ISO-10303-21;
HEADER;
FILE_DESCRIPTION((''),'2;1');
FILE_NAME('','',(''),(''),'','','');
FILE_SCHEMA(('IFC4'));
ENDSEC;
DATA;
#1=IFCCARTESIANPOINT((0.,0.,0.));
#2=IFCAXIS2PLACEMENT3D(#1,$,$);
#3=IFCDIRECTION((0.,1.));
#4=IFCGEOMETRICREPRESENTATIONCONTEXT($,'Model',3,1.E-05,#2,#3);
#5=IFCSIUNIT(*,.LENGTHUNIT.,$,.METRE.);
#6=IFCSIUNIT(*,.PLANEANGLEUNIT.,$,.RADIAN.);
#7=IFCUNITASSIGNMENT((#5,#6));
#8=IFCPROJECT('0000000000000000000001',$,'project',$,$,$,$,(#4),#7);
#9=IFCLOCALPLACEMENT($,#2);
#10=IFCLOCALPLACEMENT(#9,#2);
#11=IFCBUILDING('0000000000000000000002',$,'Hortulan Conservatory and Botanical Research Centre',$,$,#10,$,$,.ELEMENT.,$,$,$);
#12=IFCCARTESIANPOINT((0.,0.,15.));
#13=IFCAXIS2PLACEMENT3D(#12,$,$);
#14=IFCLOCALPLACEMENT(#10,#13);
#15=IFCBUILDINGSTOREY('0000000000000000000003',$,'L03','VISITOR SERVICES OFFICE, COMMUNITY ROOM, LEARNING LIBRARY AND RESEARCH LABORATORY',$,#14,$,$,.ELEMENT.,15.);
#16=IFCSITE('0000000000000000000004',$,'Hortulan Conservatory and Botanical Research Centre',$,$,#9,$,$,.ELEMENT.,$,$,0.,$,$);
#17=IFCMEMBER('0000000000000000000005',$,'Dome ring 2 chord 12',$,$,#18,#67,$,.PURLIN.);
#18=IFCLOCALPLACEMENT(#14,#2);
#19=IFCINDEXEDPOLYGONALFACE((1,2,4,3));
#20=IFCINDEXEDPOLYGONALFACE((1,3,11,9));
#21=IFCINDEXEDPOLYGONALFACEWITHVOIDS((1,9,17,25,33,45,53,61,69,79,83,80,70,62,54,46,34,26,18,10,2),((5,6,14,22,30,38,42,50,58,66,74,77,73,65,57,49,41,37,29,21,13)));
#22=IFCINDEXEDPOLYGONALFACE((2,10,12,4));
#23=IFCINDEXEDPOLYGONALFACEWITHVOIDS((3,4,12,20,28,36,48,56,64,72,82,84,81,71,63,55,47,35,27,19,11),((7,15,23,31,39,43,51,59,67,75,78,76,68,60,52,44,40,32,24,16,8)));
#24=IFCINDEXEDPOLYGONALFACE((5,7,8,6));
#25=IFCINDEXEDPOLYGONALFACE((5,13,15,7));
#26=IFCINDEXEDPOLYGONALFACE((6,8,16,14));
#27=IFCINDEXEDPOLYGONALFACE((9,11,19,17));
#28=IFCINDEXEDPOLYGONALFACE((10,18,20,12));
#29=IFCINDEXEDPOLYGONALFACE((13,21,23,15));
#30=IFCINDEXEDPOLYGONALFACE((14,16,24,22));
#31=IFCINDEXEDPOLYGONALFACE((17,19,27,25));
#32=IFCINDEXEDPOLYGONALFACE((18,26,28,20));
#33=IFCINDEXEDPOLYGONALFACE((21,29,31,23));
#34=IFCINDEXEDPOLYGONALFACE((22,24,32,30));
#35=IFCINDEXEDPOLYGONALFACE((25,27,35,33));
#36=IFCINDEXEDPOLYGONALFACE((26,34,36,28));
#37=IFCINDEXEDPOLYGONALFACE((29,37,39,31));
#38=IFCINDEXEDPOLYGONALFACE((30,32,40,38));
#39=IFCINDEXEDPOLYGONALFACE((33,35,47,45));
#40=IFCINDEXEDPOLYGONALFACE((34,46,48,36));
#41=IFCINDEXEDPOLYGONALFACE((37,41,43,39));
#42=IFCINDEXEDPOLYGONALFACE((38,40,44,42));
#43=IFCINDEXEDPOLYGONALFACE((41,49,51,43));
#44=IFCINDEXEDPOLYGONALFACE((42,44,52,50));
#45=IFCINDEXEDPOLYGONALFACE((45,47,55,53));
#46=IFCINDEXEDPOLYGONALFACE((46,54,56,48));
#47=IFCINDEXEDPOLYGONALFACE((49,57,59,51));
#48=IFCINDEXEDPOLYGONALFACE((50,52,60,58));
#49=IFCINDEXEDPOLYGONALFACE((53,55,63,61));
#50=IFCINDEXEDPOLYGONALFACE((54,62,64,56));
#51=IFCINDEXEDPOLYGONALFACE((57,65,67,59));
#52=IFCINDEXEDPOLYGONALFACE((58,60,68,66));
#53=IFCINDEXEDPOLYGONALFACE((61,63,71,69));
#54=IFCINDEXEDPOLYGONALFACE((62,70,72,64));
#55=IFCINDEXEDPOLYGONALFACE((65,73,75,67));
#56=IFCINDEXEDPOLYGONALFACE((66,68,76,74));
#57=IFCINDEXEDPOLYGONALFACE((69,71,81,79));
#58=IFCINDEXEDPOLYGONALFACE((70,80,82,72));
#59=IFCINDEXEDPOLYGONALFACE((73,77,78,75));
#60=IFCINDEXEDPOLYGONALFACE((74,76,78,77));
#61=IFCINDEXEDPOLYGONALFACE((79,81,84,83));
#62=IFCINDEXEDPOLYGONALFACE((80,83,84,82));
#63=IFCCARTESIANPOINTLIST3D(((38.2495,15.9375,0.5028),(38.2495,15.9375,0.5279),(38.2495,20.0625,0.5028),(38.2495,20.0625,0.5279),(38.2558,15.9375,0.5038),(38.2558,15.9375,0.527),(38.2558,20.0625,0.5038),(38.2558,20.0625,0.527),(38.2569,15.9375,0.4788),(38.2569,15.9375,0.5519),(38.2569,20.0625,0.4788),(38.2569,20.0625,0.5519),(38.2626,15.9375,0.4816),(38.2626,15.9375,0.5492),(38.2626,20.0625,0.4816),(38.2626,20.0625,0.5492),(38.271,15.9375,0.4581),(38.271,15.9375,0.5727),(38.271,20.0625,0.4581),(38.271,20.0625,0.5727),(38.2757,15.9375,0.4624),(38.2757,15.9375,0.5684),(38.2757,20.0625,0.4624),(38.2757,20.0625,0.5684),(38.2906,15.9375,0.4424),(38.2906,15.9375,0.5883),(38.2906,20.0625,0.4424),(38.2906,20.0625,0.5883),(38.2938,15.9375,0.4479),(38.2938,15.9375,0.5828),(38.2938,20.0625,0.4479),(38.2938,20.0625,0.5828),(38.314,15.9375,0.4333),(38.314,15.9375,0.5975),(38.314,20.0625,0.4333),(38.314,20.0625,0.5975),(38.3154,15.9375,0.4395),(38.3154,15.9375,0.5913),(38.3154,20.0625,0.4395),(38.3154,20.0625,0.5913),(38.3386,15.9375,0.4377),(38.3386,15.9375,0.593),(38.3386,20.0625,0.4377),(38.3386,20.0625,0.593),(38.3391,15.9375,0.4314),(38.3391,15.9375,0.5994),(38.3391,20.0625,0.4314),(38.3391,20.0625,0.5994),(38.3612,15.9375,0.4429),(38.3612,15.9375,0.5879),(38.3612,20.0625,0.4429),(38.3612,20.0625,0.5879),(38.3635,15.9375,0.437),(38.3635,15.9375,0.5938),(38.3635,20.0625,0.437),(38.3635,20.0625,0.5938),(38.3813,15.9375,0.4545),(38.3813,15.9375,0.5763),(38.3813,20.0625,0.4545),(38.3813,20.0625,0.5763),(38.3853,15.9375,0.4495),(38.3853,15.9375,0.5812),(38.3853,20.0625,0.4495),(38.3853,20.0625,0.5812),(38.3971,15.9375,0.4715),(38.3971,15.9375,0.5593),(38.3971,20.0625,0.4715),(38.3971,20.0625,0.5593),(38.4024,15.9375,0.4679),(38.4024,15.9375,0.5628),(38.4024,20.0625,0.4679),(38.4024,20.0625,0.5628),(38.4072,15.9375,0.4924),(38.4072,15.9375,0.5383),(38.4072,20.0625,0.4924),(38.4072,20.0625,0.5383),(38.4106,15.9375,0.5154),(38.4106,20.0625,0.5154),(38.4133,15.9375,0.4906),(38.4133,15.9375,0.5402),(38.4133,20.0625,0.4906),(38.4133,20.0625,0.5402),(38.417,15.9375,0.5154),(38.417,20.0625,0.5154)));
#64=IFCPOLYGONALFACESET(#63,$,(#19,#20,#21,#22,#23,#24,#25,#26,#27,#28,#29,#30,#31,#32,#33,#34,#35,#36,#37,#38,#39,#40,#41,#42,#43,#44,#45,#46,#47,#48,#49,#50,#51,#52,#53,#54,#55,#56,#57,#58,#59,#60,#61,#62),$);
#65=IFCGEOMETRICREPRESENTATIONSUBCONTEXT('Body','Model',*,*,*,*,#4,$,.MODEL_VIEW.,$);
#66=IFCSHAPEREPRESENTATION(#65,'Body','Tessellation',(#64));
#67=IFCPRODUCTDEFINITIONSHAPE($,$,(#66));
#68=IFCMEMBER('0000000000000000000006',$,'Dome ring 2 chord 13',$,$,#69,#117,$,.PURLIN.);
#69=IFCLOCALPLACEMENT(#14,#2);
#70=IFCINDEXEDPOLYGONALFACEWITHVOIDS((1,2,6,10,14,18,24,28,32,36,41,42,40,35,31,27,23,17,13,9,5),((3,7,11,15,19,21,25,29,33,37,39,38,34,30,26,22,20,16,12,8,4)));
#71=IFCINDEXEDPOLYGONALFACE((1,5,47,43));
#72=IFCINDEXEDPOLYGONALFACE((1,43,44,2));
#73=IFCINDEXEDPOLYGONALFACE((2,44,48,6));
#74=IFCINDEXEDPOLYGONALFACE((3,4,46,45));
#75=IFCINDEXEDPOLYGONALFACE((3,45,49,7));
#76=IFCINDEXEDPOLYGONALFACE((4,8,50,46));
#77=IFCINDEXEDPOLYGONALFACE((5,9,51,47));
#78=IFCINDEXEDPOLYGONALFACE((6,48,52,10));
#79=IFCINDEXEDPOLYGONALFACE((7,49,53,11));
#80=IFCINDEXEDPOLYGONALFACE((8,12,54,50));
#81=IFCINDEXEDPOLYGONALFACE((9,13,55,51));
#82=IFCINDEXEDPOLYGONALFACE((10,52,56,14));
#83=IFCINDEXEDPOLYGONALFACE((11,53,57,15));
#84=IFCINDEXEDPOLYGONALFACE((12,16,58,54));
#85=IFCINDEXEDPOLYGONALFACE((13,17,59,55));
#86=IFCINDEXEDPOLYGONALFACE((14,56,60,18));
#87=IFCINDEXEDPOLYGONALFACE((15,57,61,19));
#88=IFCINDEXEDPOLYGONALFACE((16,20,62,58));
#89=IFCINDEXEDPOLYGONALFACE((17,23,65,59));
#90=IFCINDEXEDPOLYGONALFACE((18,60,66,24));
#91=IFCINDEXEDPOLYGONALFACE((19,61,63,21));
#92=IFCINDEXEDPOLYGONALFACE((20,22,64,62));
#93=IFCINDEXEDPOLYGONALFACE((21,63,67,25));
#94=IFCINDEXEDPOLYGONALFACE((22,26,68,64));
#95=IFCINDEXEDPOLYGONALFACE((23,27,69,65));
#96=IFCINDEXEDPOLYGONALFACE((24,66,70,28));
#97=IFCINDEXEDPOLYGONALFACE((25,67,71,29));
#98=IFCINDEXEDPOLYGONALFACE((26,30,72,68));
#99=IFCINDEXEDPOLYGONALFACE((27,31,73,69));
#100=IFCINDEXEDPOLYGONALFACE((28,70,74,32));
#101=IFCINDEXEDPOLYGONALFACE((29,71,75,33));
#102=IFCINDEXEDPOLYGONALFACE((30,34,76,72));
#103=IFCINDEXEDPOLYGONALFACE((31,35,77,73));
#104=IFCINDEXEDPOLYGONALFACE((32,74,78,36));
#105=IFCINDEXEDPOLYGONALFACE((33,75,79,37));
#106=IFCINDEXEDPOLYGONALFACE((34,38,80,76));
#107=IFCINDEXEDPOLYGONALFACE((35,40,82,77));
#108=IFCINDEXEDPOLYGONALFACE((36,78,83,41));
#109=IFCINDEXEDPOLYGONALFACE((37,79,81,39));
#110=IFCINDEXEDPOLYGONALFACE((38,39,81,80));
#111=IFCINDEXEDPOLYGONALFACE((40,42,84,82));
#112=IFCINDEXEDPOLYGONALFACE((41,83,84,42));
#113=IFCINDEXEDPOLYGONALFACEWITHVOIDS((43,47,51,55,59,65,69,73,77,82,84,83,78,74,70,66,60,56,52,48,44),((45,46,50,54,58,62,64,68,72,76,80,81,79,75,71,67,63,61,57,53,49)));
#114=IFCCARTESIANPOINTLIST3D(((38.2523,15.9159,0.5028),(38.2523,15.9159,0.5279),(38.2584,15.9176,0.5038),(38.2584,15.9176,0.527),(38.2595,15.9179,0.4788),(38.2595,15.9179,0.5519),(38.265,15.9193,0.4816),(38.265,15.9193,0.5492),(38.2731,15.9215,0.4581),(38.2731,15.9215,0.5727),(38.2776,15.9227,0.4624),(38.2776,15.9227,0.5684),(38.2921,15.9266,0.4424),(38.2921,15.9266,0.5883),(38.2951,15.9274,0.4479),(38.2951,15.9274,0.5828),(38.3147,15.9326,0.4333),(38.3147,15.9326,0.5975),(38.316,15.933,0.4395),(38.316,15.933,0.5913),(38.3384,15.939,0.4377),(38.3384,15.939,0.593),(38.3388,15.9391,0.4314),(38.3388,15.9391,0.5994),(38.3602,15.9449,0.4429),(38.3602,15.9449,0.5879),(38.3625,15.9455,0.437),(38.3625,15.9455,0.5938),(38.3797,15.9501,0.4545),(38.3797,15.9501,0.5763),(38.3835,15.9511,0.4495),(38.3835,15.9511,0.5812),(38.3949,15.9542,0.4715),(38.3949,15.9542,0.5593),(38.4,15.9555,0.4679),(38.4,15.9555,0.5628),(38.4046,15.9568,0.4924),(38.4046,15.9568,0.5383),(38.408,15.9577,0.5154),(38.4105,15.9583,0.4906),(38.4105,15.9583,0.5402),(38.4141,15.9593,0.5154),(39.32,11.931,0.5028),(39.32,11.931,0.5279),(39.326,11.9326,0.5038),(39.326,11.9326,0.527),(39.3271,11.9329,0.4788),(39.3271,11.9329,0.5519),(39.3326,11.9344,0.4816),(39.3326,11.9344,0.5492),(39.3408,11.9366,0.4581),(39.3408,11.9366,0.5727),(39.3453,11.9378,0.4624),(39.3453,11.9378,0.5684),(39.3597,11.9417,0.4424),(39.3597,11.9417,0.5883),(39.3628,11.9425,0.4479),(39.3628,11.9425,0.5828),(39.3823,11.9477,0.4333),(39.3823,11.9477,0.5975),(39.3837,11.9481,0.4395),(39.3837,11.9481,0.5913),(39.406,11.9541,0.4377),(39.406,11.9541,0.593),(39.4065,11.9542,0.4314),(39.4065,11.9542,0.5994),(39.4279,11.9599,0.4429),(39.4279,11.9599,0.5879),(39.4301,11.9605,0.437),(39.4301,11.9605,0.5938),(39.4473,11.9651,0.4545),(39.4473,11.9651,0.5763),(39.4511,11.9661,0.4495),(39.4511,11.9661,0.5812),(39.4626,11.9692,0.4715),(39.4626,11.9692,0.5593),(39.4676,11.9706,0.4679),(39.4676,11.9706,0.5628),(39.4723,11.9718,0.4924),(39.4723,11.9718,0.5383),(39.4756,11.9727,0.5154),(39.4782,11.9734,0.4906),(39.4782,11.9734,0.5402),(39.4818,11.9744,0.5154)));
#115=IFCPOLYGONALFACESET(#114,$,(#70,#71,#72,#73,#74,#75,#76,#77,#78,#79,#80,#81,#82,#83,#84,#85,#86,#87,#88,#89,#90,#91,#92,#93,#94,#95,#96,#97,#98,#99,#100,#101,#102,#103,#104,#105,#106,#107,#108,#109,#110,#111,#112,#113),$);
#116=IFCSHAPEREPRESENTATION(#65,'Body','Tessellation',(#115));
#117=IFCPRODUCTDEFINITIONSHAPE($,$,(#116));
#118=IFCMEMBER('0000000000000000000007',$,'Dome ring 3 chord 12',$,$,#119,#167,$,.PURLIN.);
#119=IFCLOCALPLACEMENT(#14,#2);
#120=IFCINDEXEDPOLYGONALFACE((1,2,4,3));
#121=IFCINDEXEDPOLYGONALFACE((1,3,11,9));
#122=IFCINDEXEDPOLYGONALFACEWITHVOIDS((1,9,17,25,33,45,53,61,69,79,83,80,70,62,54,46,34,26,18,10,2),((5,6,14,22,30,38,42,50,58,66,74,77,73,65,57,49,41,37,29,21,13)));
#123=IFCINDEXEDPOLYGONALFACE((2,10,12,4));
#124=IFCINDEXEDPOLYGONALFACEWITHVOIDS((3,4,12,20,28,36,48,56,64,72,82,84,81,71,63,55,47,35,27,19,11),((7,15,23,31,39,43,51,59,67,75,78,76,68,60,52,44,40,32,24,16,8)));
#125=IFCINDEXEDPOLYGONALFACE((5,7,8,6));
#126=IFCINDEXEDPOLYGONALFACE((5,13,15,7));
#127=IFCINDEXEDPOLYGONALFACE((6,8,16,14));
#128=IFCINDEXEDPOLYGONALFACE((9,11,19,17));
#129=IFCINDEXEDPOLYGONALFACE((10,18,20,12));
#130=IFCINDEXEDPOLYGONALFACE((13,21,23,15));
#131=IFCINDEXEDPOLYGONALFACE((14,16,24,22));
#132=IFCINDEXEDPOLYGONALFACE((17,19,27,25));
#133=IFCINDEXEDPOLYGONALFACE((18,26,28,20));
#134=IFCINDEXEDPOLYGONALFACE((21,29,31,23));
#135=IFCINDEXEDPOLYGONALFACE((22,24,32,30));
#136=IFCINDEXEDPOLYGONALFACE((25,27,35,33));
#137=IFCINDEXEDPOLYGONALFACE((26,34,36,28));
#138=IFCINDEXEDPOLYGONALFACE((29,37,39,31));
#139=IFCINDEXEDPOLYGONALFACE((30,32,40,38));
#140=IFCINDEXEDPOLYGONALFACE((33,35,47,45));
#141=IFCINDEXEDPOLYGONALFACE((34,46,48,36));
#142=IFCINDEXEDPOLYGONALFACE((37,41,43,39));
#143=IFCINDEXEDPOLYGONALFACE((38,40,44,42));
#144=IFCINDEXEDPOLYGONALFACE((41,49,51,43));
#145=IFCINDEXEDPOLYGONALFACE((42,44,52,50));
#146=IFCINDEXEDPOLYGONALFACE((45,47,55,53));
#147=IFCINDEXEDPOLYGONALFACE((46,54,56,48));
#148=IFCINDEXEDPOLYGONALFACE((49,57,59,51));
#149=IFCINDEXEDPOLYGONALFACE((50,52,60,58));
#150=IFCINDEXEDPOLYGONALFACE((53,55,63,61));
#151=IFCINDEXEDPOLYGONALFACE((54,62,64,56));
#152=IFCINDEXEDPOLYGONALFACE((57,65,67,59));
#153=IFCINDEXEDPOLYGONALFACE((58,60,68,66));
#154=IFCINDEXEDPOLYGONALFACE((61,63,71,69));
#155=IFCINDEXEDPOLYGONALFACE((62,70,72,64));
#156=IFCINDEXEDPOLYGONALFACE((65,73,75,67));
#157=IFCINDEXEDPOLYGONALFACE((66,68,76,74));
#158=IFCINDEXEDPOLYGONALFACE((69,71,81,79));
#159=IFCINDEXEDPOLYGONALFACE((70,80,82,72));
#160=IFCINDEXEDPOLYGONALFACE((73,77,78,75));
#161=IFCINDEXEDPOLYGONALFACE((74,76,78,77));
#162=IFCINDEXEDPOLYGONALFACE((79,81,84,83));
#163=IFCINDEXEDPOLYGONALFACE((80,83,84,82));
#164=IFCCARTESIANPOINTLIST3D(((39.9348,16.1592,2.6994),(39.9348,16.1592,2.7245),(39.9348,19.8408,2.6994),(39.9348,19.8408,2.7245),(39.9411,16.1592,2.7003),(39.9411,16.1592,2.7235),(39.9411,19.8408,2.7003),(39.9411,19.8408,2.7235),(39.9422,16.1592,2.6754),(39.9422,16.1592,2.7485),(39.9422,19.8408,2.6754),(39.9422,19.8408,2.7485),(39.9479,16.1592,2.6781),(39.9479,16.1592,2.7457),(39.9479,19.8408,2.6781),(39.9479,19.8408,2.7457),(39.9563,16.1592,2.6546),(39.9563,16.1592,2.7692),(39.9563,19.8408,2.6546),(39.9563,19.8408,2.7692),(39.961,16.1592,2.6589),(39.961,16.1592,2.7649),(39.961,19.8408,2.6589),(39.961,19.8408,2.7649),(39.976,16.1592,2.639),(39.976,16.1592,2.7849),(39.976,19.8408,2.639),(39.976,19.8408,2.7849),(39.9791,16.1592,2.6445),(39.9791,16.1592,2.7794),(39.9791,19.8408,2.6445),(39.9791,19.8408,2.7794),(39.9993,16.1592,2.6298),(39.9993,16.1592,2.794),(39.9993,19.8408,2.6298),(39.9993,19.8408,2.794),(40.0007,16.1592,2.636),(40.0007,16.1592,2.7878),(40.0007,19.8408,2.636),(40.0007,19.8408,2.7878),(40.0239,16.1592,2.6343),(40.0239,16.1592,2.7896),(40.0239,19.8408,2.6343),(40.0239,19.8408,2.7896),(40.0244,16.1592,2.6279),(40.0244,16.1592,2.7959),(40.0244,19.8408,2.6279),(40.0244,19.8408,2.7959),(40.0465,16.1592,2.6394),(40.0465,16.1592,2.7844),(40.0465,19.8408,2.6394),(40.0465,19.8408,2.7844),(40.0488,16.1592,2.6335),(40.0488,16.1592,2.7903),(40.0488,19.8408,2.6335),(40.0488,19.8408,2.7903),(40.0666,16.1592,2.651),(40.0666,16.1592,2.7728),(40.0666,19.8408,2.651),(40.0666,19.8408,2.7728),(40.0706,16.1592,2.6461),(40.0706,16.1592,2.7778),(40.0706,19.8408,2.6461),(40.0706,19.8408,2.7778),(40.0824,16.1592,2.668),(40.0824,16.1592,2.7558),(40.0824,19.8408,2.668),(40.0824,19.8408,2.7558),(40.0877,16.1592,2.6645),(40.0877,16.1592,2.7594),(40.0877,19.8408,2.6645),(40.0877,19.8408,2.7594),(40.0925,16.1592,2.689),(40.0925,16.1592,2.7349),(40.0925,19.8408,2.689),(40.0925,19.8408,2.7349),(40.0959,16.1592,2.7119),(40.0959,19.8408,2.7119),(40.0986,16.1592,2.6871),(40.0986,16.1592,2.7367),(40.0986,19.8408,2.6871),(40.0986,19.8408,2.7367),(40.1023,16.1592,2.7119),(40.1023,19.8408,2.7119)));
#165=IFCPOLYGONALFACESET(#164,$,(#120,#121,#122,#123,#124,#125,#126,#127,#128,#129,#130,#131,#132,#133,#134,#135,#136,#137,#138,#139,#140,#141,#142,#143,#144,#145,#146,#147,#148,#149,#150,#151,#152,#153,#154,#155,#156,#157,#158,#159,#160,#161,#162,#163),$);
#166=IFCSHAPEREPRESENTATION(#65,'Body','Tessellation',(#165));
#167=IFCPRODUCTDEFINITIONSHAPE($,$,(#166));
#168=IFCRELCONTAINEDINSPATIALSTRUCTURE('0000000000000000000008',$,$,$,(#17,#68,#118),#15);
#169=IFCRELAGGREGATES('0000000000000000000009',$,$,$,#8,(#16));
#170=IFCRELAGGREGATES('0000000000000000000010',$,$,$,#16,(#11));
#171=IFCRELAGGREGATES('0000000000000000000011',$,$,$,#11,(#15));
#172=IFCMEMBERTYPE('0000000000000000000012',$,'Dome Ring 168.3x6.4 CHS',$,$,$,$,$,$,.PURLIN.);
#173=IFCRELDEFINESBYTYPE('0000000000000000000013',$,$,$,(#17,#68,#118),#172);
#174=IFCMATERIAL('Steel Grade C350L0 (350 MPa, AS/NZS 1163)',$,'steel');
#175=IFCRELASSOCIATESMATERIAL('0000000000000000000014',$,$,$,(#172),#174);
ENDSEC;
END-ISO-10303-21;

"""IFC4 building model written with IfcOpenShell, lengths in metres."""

from ifc_helpers import new_model, si_unit, direction, frame, origin, origin_2d, place, context, subcontext, project, spatial, hollow_circle, extrude, material, material_profile, profile_set, type_object, element, save


model = new_model("IFC4")

# Units and contexts
model_context = context("Model", 3, precision=1e-05, world=origin(), true_north=direction((0.0, 1.0)))
body_context = subcontext(model_context, "Body", "Model", "MODEL_VIEW")
ifc_project = project(units=[si_unit("LENGTHUNIT", "METRE"), si_unit("PLANEANGLEUNIT", "RADIAN")], contexts=[model_context])

# Site, building, storey
site_placement = place(None, origin())
site = spatial("IfcSite", under=ifc_project, at=site_placement, Name="Hortulan Conservatory and Botanical Research Centre", CompositionType="ELEMENT", RefElevation=0.0)
building_placement = place(site_placement, origin())
building = spatial("IfcBuilding", under=site, at=building_placement, Name="Hortulan Conservatory and Botanical Research Centre", CompositionType="ELEMENT")
storey_placement = place(building_placement, frame((0.0, 0.0, 15.0)))
storey = spatial("IfcBuildingStorey", under=building, at=storey_placement, Name="L03", Description="VISITOR SERVICES OFFICE, COMMUNITY ROOM, LEARNING LIBRARY AND RESEARCH LABORATORY", CompositionType="ELEMENT", Elevation=15.0)

# Shared definitions
ifc_material_1 = material(Name="Steel Grade C350L0 (350 MPa, AS/NZS 1163)", Category="steel")

# Members
ifc_material_profile_1 = material_profile(ifc_material_1, hollow_circle(Radius=0.0842, WallThickness=0.0063, at=origin_2d()), Name="168.3x6.4CHS")
ifc_profile_set_1 = profile_set([ifc_material_profile_1], Name="Steel Grade C350L0 (350 MPa, AS/NZS 1163)")
member_type_1 = type_object("IfcMemberType", Name="Dome Ring 168.3x6.4 CHS", PredefinedType="PURLIN", material=ifc_profile_set_1)
member_1_placement = place(storey_placement, frame((38.3328, 20.0625, 0.5154), z_axis=(0.0, -1.0, 0.0), x_axis=(1.0, 0.0, 0.0)))
element("IfcMember", 1, at=member_1_placement, inside=storey, type_object=member_type_1, Name="Dome ring 2 chord 12", PredefinedType="PURLIN", context=body_context, shape_type="SweptSolid", body=[
    extrude(hollow_circle(Radius=0.0842, WallThickness=0.0063, at=origin_2d()), origin(), (0.0, 0.0, 1.0), 4.125),
])
member_2_placement = place(storey_placement, frame((38.3328, 15.9375, 0.5154), z_axis=(0.258793, -0.965933, 0.0), x_axis=(0.965933, 0.258793, 0.0)))
element("IfcMember", 2, at=member_2_placement, inside=storey, type_object=member_type_1, Name="Dome ring 2 chord 13", PredefinedType="PURLIN", context=body_context, shape_type="SweptSolid", body=[
    extrude(hollow_circle(Radius=0.0842, WallThickness=0.0063, at=origin_2d()), origin(), (0.0, 0.0, 1.0), 4.1255),
])
member_3_placement = place(storey_placement, frame((40.0181, 19.8408, 2.7119), z_axis=(0.0, -1.0, 0.0), x_axis=(1.0, 0.0, 0.0)))
element("IfcMember", 3, at=member_3_placement, inside=storey, type_object=member_type_1, Name="Dome ring 3 chord 12", PredefinedType="PURLIN", context=body_context, shape_type="SweptSolid", body=[
    extrude(hollow_circle(Radius=0.0842, WallThickness=0.0063, at=origin_2d()), origin(), (0.0, 0.0, 1.0), 3.6816),
])

save(model, "model.ifc")
